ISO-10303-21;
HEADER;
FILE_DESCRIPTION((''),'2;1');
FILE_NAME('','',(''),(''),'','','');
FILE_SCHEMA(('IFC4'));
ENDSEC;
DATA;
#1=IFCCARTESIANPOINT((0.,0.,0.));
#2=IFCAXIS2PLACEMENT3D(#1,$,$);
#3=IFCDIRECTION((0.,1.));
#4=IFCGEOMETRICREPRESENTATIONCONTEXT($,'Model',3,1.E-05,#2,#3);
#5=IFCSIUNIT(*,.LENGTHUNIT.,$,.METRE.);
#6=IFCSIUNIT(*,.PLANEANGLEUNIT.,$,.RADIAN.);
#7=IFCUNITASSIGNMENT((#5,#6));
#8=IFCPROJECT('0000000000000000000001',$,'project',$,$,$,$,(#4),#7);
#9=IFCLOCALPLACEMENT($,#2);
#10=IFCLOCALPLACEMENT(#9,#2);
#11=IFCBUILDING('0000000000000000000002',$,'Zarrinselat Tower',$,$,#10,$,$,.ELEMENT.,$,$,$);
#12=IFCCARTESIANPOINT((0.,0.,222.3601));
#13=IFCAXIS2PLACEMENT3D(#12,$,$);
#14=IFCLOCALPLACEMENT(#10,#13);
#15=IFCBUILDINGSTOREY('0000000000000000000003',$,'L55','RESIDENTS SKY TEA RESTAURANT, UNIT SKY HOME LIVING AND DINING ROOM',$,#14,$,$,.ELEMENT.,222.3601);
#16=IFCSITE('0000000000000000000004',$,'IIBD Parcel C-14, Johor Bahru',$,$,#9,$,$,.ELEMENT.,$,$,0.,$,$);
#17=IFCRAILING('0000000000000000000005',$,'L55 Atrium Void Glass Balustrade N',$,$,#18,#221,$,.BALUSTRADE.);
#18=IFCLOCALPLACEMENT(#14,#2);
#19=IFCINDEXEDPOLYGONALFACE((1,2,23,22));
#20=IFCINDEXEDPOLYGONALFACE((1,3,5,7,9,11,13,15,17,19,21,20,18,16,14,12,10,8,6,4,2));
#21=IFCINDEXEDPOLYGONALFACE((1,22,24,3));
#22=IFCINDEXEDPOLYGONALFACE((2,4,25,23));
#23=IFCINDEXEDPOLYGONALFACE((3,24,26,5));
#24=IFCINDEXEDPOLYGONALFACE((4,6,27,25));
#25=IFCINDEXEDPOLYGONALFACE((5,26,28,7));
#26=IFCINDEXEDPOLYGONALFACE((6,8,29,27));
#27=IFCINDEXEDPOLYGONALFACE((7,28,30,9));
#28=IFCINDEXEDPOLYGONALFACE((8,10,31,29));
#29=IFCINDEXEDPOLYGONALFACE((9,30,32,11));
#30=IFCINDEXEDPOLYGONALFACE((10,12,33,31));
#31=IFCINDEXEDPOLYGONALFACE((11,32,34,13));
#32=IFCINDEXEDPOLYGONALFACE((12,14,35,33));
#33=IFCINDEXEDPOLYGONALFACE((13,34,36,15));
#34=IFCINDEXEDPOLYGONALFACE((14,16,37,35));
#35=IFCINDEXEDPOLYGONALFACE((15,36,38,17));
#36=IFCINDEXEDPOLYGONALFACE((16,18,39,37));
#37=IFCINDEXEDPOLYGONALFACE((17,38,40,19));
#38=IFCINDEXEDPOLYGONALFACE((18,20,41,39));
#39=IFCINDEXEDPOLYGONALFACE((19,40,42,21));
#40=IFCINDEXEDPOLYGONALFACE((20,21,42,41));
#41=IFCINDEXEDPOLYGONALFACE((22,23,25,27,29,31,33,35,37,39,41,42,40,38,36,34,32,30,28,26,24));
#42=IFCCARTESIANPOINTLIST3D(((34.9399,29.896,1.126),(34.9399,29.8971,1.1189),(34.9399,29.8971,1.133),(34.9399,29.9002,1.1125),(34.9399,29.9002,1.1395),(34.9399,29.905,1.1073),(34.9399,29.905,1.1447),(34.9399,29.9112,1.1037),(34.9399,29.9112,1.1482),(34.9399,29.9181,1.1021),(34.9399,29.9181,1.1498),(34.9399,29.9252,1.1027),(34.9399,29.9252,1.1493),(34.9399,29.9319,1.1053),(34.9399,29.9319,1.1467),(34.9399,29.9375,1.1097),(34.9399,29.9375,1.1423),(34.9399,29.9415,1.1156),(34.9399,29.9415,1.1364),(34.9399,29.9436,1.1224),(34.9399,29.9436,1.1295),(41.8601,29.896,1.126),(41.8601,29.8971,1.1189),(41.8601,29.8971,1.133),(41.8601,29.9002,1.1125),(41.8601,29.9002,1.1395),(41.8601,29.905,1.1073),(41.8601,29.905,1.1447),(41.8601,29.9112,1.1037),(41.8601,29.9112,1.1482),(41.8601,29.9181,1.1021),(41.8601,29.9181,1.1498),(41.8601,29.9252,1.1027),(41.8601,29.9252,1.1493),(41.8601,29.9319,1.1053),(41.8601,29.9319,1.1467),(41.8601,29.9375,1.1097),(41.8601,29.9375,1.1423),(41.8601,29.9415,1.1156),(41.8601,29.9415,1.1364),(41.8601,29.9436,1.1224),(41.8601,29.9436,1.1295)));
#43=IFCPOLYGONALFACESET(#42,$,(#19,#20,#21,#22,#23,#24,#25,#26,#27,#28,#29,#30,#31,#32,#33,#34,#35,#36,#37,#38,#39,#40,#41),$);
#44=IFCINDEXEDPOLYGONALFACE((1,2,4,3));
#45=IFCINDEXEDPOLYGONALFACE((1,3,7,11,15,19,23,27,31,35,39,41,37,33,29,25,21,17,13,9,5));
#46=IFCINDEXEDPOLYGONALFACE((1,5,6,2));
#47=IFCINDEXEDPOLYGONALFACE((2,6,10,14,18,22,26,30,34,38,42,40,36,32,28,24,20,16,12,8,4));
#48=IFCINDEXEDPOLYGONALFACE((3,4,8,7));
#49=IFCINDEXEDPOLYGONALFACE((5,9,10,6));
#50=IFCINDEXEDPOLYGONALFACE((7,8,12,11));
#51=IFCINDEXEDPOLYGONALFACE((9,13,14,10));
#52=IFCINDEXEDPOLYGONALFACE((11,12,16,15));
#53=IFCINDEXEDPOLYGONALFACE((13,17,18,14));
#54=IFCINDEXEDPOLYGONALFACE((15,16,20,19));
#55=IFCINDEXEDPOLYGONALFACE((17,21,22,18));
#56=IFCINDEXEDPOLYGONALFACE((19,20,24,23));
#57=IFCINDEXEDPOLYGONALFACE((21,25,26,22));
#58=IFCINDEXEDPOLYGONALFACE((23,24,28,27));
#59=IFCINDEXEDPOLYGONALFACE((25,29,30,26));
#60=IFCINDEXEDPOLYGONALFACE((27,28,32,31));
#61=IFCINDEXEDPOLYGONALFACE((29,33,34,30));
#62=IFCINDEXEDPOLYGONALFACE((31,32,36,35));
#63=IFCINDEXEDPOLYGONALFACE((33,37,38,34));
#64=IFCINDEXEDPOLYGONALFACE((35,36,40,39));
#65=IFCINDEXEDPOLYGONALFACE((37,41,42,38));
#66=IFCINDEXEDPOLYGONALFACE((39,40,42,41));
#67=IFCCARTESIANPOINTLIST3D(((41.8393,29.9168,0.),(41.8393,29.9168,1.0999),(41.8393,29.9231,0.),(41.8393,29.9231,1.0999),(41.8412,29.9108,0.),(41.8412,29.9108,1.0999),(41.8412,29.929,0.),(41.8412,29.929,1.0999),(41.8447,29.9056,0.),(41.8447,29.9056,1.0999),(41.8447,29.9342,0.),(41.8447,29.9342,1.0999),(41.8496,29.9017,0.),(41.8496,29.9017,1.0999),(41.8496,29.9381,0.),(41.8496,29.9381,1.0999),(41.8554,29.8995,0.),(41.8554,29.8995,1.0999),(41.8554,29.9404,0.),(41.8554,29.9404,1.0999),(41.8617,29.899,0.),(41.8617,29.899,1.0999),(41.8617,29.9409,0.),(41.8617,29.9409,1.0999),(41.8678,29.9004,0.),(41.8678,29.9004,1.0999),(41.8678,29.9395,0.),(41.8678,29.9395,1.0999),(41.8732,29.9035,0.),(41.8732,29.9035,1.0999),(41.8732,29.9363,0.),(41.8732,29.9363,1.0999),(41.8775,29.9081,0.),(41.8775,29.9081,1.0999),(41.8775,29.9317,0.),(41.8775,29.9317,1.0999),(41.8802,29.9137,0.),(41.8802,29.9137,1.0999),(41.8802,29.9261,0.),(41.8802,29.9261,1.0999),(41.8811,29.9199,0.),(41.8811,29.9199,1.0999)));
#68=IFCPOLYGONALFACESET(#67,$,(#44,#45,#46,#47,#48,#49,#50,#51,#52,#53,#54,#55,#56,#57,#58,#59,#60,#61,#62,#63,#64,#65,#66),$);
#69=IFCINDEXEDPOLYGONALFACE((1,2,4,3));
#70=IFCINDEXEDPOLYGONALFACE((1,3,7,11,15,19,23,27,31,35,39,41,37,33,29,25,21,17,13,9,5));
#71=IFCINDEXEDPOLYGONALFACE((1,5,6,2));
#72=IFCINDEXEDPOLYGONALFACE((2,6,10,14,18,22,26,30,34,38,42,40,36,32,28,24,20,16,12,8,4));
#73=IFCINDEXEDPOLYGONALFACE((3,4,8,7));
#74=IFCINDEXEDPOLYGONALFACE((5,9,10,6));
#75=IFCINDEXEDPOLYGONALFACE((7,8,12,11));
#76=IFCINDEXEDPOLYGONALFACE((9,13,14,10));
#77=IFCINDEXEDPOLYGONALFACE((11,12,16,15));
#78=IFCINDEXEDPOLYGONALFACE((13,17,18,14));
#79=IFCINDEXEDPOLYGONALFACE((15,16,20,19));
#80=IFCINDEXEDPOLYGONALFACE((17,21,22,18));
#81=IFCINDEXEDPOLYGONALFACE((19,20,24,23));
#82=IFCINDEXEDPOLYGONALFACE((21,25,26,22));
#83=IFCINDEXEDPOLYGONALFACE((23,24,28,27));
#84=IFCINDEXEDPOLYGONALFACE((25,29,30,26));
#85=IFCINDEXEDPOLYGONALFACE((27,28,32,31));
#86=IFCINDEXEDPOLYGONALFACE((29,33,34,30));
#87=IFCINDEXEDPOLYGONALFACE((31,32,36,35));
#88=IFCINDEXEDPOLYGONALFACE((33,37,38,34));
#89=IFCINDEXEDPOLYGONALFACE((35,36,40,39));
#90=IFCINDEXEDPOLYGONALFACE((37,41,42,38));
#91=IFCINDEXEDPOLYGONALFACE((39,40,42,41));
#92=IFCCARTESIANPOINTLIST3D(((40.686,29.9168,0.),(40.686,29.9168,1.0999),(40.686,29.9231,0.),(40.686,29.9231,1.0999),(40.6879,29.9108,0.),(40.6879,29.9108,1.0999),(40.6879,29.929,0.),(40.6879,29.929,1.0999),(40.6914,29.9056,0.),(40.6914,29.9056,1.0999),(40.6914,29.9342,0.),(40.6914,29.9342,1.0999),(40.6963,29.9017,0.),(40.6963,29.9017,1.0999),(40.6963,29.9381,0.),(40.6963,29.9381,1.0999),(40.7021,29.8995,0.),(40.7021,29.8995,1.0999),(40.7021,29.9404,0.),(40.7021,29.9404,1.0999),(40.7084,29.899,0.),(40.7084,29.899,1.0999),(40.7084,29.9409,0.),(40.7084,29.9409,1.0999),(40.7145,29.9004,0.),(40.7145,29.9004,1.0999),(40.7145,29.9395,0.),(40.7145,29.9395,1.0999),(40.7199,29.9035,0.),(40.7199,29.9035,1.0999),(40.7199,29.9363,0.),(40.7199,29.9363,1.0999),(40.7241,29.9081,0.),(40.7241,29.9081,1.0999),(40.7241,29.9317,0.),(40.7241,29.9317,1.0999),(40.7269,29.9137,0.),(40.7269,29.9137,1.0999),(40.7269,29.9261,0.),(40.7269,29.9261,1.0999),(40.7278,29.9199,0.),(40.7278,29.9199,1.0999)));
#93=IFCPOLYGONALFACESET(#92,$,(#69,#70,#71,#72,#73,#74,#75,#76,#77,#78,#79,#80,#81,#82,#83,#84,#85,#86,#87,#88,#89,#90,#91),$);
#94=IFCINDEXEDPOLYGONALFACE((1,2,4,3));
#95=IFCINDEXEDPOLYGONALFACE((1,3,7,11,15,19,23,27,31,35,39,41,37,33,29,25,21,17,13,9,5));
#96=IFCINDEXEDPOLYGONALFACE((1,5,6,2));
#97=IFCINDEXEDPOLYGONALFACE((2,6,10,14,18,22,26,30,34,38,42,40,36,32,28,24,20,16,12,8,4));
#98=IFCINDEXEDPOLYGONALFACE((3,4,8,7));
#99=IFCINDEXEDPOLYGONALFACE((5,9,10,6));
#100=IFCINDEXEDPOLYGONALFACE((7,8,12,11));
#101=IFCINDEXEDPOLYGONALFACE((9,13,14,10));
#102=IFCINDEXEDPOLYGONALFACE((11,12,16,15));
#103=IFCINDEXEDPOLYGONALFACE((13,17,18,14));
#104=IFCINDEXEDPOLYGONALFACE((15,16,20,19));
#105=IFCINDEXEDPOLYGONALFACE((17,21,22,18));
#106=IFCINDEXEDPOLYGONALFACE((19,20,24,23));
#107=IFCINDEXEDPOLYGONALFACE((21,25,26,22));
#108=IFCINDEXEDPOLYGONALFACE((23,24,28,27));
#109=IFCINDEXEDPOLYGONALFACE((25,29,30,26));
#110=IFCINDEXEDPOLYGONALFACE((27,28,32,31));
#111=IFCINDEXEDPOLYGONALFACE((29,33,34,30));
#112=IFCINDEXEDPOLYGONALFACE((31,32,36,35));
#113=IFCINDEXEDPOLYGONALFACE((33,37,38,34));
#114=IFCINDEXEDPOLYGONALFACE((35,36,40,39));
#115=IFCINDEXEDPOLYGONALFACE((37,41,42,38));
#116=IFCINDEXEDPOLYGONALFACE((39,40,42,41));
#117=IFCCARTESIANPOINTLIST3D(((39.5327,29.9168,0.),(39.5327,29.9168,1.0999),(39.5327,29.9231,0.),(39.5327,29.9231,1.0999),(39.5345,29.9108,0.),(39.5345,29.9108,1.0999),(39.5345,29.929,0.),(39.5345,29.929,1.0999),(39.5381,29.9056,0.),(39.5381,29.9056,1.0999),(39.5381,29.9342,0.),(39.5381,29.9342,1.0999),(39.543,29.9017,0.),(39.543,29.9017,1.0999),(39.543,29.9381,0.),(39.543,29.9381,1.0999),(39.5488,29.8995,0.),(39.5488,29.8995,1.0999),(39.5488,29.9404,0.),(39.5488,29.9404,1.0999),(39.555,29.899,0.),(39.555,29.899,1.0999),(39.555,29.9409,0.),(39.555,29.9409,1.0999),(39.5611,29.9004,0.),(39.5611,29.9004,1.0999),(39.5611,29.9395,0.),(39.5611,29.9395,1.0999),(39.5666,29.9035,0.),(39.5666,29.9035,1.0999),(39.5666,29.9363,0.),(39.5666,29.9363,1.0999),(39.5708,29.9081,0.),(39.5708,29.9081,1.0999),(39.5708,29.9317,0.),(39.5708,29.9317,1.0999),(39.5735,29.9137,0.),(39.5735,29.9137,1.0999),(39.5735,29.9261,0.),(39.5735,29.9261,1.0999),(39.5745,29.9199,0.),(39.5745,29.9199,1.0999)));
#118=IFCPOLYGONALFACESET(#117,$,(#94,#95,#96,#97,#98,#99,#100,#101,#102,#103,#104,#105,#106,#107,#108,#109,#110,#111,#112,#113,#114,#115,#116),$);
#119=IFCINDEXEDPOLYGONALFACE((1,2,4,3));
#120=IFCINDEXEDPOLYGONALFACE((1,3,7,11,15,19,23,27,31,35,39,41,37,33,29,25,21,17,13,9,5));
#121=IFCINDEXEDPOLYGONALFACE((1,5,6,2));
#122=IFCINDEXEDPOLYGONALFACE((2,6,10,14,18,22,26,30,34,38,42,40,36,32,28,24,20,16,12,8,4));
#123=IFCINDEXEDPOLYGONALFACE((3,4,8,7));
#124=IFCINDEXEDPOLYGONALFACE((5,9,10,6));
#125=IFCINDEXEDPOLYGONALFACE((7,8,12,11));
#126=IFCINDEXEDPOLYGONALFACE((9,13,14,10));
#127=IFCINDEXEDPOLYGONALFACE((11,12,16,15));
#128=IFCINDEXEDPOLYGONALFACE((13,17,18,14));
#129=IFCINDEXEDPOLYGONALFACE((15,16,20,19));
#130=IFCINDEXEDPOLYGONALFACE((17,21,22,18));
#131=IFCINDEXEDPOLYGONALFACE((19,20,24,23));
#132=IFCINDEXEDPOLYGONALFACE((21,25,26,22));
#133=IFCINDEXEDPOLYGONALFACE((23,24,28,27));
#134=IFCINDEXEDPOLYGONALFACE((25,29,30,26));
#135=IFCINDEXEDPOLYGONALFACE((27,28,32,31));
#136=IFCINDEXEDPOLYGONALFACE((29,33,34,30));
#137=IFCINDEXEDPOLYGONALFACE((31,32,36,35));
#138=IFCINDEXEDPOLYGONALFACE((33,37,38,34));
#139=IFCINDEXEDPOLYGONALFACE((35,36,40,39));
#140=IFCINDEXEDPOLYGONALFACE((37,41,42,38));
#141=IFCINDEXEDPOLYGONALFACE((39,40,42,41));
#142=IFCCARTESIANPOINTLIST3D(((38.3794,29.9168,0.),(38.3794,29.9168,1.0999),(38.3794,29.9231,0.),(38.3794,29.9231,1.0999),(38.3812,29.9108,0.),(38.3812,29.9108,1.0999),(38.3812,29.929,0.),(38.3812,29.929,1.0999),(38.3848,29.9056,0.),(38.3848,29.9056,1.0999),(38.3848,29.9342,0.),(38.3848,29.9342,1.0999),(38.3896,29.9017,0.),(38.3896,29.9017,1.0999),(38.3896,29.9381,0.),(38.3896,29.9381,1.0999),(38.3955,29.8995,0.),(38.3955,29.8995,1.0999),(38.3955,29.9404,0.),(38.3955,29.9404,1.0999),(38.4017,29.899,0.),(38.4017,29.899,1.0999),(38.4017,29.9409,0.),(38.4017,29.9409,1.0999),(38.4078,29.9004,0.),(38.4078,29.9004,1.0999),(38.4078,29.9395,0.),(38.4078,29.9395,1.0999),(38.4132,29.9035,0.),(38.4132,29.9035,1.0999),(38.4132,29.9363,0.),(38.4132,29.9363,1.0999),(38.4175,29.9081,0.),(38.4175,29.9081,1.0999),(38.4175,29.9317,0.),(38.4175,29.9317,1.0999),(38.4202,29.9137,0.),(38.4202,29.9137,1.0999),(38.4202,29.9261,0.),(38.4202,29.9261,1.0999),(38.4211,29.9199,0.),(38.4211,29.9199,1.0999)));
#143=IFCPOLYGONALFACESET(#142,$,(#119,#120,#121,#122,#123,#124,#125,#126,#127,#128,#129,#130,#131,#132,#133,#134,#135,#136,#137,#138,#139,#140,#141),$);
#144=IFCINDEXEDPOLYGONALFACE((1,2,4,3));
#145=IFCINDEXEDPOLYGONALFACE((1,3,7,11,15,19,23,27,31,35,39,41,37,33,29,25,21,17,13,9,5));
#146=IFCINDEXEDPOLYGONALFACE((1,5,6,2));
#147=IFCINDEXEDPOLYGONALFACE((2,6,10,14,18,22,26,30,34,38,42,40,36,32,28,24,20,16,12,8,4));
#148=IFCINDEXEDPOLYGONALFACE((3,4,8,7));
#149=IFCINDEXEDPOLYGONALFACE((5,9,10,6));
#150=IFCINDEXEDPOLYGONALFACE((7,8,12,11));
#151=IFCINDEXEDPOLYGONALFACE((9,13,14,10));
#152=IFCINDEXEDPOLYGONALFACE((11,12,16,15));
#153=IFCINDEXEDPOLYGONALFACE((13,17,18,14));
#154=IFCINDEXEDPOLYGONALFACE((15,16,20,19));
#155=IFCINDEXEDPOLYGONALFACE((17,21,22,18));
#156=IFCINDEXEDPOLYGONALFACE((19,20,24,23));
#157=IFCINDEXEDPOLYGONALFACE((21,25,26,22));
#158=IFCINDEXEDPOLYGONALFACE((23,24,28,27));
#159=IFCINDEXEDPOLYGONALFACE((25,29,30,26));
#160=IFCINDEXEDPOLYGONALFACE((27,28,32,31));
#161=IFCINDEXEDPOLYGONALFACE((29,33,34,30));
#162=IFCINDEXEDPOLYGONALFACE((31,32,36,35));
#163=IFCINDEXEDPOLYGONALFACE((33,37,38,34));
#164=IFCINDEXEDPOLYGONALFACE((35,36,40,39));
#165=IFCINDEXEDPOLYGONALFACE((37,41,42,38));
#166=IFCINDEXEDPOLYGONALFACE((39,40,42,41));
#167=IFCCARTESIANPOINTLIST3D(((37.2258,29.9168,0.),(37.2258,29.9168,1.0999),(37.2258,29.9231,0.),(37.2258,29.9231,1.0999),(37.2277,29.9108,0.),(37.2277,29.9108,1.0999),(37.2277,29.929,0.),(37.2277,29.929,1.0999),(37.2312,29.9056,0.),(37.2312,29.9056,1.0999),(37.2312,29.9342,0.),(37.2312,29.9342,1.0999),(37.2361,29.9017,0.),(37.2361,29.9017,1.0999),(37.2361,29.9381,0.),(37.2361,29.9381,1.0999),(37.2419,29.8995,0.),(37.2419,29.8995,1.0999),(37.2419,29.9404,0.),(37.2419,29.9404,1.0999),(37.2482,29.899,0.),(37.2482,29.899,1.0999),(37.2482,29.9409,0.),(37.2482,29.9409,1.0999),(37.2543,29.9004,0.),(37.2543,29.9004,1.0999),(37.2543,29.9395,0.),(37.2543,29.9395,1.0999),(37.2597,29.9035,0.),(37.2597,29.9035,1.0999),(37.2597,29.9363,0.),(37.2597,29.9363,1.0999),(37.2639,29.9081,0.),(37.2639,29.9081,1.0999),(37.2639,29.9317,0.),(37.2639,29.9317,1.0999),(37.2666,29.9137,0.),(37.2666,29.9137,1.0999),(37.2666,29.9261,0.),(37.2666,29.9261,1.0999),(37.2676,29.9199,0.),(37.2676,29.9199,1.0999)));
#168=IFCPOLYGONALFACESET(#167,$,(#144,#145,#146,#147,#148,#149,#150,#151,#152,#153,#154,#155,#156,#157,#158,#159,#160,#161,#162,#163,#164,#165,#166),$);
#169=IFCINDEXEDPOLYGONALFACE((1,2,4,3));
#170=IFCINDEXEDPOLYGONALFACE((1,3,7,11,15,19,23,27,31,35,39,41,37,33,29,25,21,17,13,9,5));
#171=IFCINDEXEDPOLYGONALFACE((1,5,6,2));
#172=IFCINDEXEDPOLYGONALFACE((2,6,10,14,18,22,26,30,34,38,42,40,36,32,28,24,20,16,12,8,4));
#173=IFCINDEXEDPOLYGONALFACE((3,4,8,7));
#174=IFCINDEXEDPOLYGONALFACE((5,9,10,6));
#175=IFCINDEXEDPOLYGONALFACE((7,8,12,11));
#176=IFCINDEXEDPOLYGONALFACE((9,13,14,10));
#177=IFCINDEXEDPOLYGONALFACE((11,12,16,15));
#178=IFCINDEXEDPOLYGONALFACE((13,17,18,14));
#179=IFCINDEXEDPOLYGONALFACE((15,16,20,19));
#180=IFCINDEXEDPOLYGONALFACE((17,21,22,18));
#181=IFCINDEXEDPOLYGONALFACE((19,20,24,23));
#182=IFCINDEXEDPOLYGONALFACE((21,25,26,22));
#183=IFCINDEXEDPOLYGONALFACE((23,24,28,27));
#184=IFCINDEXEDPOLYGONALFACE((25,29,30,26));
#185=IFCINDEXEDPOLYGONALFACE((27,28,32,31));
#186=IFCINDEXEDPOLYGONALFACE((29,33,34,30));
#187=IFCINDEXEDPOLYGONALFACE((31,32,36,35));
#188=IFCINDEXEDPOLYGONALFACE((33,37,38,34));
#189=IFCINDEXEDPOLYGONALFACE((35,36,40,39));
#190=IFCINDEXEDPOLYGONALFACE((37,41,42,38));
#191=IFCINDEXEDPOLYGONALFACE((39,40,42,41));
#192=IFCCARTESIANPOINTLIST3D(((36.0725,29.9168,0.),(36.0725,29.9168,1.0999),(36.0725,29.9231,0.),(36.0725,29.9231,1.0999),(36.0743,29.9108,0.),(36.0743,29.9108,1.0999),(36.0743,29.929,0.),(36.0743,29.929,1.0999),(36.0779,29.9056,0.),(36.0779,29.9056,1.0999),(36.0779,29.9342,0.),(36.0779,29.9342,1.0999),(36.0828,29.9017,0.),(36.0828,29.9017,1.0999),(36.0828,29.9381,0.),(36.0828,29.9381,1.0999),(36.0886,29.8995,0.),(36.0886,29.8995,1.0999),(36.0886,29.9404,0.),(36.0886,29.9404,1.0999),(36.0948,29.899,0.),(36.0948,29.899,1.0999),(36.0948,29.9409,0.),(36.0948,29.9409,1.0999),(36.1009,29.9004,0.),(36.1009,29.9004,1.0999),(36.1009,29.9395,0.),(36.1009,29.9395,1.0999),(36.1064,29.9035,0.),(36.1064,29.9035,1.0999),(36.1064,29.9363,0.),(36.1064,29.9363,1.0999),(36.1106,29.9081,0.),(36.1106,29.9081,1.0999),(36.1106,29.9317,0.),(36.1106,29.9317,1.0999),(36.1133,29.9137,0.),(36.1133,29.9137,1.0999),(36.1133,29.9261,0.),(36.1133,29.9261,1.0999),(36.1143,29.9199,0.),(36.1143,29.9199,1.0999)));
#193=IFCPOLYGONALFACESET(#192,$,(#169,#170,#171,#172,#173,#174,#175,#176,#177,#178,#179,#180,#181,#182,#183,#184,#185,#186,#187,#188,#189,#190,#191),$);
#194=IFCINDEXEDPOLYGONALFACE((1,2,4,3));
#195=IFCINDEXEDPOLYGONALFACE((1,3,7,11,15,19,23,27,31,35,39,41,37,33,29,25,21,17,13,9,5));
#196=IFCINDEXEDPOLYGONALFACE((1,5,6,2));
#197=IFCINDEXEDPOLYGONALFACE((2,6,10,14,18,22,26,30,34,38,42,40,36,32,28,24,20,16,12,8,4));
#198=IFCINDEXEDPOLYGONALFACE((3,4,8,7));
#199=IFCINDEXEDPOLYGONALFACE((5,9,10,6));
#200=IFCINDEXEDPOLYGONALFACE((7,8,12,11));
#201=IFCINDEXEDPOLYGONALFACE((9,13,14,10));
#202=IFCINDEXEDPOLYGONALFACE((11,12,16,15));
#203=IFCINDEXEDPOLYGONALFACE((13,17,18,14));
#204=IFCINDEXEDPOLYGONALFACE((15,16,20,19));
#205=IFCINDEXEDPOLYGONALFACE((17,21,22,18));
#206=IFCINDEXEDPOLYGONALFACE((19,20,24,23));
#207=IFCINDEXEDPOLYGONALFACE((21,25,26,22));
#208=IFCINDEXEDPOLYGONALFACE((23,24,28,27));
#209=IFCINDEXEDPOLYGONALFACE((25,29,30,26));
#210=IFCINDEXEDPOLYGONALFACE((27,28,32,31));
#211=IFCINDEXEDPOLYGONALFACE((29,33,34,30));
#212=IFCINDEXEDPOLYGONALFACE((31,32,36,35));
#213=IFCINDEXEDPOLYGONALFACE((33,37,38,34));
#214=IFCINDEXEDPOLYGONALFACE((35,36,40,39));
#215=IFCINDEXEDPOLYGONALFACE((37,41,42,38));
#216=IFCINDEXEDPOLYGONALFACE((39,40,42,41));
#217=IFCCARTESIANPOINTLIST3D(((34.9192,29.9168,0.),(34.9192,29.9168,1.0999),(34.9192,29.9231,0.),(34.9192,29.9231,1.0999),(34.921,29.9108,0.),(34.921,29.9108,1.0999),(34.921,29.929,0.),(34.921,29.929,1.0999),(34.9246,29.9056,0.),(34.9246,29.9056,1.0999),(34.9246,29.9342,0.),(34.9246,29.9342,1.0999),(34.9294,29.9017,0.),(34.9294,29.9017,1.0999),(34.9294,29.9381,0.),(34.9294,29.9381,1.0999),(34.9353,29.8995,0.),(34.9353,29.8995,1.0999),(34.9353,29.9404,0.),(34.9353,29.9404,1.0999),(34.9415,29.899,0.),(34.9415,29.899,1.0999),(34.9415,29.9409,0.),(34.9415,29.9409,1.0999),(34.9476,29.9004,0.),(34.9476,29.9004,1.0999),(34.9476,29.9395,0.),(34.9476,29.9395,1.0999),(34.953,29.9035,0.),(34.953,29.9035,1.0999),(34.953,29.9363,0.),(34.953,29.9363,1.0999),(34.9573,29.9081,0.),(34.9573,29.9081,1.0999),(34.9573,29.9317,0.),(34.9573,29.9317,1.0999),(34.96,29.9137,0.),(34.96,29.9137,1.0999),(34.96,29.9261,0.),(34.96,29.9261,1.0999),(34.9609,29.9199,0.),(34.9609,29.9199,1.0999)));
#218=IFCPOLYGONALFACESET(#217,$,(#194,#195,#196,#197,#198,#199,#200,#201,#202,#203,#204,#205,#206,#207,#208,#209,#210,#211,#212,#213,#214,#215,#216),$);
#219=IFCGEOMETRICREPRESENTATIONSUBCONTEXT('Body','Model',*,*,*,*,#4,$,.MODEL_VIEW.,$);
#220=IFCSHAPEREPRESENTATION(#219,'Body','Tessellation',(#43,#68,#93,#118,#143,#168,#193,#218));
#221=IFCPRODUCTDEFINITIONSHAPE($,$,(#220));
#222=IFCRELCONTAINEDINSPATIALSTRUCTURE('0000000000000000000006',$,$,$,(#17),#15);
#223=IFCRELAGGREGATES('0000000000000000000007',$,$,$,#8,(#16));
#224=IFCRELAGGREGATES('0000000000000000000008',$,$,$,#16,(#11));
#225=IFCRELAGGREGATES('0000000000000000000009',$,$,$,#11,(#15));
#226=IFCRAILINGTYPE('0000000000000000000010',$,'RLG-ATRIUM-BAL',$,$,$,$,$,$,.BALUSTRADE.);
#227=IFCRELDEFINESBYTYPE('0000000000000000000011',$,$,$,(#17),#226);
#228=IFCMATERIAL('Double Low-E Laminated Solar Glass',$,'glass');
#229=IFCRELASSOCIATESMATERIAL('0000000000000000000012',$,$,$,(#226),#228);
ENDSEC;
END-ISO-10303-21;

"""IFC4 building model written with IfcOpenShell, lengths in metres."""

from ifc_helpers import new_model, si_unit, direction, frame, origin, origin_2d, place, context, subcontext, project, spatial, circle, extrude, material, type_object, element, save


model = new_model("IFC4")

# Units and contexts
model_context = context("Model", 3, precision=1e-05, world=origin(), true_north=direction((0.0, 1.0)))
body_context = subcontext(model_context, "Body", "Model", "MODEL_VIEW")
ifc_project = project(units=[si_unit("LENGTHUNIT", "METRE"), si_unit("PLANEANGLEUNIT", "RADIAN")], contexts=[model_context])

# Site, building, storey
site_placement = place(None, origin())
site = spatial("IfcSite", under=ifc_project, at=site_placement, Name="IIBD Parcel C-14, Johor Bahru", CompositionType="ELEMENT", RefElevation=0.0)
building_placement = place(site_placement, origin())
building = spatial("IfcBuilding", under=site, at=building_placement, Name="Zarrinselat Tower", CompositionType="ELEMENT")
storey_placement = place(building_placement, frame((0.0, 0.0, 222.3601)))
storey = spatial("IfcBuildingStorey", under=building, at=storey_placement, Name="L55", Description="RESIDENTS SKY TEA RESTAURANT, UNIT SKY HOME LIVING AND DINING ROOM", CompositionType="ELEMENT", Elevation=222.3601)

# Railing
ifc_material_1 = material(Name="Double Low-E Laminated Solar Glass", Category="glass")
railing_type = type_object("IfcRailingType", Name="RLG-ATRIUM-BAL", PredefinedType="BALUSTRADE", material=ifc_material_1)
railing_1_placement = place(storey_placement, frame((41.8601, 29.9199, 0.0)))
element("IfcRailing", 1, at=railing_1_placement, inside=storey, type_object=railing_type, Name="L55 Atrium Void Glass Balustrade N", PredefinedType="BALUSTRADE", context=body_context, shape_type="SweptSolid", body=[
    extrude(circle(Radius=0.0239, at=origin_2d()), frame((0.0, 0.0, 1.126), z_axis=(-1.0, 0.0, 0.0), x_axis=(0.0, -1.0, 0.0)), (0.0, 0.0, 1.0), 6.9202),
    extrude(circle(Radius=0.021, at=origin_2d()), origin(), (0.0, 0.0, 1.0), 1.0999),
    extrude(circle(Radius=0.021, at=origin_2d()), frame((-1.1533, 0.0, 0.0)), (0.0, 0.0, 1.0), 1.0999),
    extrude(circle(Radius=0.021, at=origin_2d()), frame((-2.3066, 0.0, 0.0)), (0.0, 0.0, 1.0), 1.0999),
    extrude(circle(Radius=0.021, at=origin_2d()), frame((-3.46, 0.0, 0.0)), (0.0, 0.0, 1.0), 1.0999),
    extrude(circle(Radius=0.021, at=origin_2d()), frame((-4.6135, 0.0, 0.0)), (0.0, 0.0, 1.0), 1.0999),
    extrude(circle(Radius=0.021, at=origin_2d()), frame((-5.7668, 0.0, 0.0)), (0.0, 0.0, 1.0), 1.0999),
    extrude(circle(Radius=0.021, at=origin_2d()), frame((-6.9202, 0.0, 0.0)), (0.0, 0.0, 1.0), 1.0999),
])

save(model, "model.ifc")
